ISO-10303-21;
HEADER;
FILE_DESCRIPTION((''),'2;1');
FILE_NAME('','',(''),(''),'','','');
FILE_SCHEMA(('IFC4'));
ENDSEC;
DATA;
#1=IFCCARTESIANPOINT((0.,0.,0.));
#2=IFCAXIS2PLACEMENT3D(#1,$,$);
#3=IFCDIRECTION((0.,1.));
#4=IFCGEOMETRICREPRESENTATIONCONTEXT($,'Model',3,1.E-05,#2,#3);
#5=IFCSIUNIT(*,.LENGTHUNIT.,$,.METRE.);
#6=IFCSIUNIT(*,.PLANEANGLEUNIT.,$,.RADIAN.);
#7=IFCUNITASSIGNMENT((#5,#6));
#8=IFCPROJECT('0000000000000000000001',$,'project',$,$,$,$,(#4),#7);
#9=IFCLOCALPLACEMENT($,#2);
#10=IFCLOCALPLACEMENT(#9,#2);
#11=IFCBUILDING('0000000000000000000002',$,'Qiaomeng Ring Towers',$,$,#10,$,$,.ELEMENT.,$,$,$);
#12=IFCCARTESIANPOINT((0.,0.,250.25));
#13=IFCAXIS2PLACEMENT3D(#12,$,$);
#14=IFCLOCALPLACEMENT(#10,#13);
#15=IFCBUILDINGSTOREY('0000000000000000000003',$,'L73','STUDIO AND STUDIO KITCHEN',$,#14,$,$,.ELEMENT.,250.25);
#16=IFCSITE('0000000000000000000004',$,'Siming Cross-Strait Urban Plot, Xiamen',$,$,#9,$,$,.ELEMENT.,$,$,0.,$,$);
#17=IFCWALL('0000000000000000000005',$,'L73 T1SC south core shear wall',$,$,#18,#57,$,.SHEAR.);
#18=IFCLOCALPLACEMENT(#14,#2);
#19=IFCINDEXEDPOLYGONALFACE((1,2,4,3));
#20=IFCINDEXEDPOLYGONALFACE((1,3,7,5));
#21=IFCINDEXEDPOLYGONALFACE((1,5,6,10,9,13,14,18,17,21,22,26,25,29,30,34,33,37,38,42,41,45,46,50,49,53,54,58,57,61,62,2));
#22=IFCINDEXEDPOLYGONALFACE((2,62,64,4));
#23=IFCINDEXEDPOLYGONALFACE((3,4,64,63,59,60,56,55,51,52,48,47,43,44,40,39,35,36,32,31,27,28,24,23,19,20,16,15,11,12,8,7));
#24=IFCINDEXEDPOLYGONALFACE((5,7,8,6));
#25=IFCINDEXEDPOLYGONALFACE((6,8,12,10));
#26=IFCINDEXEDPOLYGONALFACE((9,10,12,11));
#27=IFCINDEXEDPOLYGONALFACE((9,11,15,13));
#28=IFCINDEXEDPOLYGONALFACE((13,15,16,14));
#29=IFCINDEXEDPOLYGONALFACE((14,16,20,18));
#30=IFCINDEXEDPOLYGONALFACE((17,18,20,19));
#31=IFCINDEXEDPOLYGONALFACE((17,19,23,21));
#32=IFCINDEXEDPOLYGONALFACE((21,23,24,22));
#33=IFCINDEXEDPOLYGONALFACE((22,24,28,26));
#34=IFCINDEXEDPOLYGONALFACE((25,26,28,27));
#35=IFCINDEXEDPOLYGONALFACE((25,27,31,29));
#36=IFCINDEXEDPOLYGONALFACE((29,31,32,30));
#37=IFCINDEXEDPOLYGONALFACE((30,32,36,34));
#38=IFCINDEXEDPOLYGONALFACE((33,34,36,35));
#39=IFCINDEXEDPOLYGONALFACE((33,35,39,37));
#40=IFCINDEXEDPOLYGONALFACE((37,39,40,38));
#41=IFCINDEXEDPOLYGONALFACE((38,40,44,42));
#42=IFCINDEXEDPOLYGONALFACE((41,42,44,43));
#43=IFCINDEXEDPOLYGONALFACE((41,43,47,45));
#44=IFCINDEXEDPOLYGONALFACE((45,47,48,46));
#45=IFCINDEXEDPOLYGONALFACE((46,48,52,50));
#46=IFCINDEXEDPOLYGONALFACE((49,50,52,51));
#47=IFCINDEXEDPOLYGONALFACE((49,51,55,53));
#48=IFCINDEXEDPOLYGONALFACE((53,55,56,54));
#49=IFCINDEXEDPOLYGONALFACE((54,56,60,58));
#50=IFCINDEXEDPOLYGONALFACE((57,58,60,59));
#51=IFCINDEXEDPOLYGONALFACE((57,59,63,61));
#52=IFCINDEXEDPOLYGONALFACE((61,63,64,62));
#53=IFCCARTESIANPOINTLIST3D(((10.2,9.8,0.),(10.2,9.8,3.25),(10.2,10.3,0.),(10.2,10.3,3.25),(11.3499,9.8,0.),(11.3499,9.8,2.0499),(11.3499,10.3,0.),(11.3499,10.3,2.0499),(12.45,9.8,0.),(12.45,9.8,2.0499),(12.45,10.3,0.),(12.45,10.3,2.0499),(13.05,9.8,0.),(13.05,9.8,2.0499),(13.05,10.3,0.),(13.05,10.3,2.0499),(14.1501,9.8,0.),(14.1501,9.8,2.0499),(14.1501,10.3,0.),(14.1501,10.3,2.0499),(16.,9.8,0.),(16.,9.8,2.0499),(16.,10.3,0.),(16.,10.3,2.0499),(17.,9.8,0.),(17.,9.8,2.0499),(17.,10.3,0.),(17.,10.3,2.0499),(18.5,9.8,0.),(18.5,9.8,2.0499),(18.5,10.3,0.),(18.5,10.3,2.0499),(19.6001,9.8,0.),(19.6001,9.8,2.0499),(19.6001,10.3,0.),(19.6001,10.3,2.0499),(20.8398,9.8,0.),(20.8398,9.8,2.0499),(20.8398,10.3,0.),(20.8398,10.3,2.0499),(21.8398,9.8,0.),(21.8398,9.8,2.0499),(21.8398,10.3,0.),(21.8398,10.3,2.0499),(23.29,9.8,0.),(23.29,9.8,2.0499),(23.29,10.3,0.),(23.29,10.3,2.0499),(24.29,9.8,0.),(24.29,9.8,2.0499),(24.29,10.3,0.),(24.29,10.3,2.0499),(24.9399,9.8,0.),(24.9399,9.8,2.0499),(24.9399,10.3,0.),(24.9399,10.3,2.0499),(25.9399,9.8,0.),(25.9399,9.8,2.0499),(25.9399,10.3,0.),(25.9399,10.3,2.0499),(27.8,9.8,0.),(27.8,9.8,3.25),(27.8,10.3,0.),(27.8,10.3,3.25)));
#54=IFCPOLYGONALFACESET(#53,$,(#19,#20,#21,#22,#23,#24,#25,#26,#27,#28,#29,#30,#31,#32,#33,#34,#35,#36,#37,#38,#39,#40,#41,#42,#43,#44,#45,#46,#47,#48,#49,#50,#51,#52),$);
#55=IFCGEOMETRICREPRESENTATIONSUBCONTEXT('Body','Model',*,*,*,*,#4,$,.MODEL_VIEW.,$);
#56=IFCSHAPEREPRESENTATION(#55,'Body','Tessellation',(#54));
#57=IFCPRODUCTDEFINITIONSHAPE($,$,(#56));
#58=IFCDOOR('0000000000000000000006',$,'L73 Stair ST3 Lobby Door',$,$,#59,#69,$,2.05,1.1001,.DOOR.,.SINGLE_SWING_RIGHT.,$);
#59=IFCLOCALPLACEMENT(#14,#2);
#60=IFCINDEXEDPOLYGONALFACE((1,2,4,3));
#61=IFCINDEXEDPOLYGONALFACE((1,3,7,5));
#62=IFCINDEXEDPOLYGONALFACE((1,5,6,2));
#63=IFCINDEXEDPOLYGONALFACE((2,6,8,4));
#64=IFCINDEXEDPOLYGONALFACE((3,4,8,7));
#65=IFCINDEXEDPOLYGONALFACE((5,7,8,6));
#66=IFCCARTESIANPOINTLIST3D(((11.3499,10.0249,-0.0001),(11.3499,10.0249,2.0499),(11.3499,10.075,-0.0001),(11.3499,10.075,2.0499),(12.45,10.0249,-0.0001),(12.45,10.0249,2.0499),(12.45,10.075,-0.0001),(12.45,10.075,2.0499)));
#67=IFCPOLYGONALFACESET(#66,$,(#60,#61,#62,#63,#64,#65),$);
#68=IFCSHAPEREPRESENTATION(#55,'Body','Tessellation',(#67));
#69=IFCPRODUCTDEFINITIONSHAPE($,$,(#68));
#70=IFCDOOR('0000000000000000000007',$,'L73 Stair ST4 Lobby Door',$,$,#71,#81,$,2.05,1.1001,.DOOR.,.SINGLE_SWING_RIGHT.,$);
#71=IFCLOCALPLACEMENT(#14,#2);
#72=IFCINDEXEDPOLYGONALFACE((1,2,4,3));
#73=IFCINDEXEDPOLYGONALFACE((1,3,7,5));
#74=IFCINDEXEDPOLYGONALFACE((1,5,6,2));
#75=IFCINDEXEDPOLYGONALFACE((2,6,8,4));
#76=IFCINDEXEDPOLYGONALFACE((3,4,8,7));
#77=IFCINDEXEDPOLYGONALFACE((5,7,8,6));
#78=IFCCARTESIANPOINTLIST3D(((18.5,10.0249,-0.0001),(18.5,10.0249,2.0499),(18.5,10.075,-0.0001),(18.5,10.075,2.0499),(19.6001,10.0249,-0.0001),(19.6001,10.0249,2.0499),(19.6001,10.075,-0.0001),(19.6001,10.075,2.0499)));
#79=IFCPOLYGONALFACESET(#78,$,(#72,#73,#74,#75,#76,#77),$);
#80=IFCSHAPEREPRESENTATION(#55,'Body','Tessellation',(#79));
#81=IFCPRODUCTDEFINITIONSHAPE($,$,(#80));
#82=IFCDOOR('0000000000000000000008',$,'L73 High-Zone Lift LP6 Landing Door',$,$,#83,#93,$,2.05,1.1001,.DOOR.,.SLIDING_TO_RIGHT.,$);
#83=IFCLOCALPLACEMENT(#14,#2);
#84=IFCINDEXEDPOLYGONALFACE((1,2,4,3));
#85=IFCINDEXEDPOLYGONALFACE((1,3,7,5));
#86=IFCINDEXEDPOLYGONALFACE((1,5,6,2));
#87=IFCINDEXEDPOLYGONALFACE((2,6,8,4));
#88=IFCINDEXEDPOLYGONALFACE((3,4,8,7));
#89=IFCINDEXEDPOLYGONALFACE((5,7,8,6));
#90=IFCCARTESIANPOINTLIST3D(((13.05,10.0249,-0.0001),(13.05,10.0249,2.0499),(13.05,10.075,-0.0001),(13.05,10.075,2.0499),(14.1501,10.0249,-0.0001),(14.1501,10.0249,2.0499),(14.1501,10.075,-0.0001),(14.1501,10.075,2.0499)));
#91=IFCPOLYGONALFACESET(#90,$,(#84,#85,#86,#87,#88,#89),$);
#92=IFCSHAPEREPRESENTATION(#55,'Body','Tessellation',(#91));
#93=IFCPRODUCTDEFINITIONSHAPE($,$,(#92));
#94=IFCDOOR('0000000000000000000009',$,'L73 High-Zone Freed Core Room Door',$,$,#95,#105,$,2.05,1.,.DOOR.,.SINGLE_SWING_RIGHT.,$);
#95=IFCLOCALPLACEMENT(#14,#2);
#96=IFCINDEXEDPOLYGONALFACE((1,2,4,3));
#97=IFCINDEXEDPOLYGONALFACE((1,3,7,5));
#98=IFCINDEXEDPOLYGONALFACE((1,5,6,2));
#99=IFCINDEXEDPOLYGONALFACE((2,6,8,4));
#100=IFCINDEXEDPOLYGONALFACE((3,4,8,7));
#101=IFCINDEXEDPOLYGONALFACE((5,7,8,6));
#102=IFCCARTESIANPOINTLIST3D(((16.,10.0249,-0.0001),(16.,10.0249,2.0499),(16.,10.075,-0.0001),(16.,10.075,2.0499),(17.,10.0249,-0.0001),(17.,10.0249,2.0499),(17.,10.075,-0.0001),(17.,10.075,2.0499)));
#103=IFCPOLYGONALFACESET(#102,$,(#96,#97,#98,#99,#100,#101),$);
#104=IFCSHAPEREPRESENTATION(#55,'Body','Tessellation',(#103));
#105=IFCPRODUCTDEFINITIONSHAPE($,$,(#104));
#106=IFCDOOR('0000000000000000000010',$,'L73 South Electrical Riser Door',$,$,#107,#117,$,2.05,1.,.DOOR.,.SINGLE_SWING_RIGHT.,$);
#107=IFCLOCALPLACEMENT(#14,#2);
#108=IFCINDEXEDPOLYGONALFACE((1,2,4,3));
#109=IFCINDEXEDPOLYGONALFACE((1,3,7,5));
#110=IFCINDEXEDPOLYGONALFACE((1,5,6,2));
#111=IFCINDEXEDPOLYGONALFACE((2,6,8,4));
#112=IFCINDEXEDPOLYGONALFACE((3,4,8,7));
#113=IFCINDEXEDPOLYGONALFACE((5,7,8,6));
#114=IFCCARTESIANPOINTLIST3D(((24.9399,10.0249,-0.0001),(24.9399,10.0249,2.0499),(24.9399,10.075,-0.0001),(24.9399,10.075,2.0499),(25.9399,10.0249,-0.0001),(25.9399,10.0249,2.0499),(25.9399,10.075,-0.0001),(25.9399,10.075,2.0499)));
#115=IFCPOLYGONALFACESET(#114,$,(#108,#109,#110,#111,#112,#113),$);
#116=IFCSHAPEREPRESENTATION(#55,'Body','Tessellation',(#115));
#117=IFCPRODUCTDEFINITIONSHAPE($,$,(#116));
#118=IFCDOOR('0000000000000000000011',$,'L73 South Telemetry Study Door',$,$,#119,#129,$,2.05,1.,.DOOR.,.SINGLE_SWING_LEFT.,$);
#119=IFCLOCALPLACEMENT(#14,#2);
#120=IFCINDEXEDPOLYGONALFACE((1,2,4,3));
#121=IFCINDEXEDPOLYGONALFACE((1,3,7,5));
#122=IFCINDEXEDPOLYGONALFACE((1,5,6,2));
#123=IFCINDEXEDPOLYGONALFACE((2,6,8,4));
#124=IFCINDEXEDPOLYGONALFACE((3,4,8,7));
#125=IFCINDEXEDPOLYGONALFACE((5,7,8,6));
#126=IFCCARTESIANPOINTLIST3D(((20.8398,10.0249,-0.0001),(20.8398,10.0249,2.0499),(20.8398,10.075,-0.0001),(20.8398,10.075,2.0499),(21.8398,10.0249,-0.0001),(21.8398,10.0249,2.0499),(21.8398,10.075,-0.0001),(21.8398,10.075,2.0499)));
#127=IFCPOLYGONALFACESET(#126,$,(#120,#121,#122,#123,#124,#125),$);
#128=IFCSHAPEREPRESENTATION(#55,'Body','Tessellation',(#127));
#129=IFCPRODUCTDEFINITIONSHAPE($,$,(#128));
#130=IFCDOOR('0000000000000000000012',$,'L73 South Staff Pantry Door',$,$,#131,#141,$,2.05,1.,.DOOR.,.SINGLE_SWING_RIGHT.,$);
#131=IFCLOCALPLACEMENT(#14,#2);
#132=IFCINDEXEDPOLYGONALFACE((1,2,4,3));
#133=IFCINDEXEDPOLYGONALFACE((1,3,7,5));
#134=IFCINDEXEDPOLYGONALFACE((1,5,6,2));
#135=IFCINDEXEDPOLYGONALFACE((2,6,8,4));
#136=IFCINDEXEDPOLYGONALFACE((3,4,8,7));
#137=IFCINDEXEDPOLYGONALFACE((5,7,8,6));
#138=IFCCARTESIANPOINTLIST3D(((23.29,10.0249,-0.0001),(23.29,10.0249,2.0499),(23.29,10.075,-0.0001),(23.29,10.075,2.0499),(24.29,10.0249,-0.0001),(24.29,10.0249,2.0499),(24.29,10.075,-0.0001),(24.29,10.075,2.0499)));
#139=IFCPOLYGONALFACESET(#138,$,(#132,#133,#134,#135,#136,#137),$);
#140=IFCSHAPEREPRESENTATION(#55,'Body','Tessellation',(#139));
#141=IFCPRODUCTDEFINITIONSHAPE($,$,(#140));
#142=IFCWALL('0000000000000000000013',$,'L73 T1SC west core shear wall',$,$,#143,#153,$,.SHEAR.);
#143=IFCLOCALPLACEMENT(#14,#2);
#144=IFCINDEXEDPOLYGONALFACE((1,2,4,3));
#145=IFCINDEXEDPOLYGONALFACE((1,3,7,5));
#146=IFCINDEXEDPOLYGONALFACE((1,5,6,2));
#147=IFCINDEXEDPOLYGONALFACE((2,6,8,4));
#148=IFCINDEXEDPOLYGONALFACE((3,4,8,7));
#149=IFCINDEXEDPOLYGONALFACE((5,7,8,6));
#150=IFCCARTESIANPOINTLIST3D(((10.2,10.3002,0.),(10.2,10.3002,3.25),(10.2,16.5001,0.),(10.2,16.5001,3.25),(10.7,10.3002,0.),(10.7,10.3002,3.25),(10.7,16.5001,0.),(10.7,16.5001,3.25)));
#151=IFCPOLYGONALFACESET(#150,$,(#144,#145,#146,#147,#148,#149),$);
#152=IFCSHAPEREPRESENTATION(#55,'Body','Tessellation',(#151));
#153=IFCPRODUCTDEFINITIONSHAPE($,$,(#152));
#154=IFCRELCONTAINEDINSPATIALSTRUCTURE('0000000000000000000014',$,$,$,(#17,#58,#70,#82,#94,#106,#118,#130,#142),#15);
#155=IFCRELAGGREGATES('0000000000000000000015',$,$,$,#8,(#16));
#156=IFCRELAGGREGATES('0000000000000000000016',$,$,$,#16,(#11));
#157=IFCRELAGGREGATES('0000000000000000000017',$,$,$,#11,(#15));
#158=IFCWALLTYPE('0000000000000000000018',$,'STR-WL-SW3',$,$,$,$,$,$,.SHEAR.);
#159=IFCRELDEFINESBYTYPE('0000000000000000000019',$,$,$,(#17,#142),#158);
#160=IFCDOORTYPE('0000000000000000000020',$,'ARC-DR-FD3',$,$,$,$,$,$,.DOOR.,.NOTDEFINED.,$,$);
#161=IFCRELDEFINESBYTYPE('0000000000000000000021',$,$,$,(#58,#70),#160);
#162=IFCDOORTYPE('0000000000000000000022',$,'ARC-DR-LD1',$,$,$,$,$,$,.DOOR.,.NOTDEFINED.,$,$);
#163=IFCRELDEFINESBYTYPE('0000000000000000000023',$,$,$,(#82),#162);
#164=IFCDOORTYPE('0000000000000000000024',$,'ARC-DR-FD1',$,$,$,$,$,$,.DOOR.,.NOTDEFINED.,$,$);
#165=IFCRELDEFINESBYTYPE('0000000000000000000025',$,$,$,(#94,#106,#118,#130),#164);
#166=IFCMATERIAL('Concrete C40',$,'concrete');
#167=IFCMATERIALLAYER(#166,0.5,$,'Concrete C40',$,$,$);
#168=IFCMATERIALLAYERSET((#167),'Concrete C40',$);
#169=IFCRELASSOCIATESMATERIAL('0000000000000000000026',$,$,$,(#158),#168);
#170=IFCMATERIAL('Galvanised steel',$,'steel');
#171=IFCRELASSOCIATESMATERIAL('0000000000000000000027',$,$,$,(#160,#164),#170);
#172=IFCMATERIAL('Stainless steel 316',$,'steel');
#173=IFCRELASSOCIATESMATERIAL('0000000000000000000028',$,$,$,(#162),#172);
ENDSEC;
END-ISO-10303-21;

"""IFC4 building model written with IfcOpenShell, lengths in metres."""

from ifc_helpers import new_model, si_unit, direction, frame, frame_2d, origin, place, context, subcontext, project, spatial, rectangle, extrude, source, transform, mapped, material, layer, layer_set, type_object, element, fill, save


model = new_model("IFC4")

# Units and contexts
model_context = context("Model", 3, precision=1e-05, world=origin(), true_north=direction((0.0, 1.0)))
body_context = subcontext(model_context, "Body", "Model", "MODEL_VIEW")
ifc_project = project(units=[si_unit("LENGTHUNIT", "METRE"), si_unit("PLANEANGLEUNIT", "RADIAN")], contexts=[model_context])

# Site, building, storey
site_placement = place(None, origin())
site = spatial("IfcSite", under=ifc_project, at=site_placement, Name="Siming Cross-Strait Urban Plot, Xiamen", CompositionType="ELEMENT", RefElevation=0.0)
building_placement = place(site_placement, origin())
building = spatial("IfcBuilding", under=site, at=building_placement, Name="Qiaomeng Ring Towers", CompositionType="ELEMENT")
storey_placement = place(building_placement, frame((0.0, 0.0, 250.25)))
storey = spatial("IfcBuildingStorey", under=building, at=storey_placement, Name="L73", Description="STUDIO AND STUDIO KITCHEN", CompositionType="ELEMENT", Elevation=250.25)

# Shared definitions
ifc_material_1 = material(Name="Concrete C40", Category="concrete")

# Wall, openings, doors
ifc_layer_1 = layer(ifc_material_1, 0.5, Name="Concrete C40")
ifc_layer_set_1 = layer_set([ifc_layer_1], Name="Concrete C40")
wall_type_1 = type_object("IfcWallType", Name="STR-WL-SW3", PredefinedType="SHEAR", material=ifc_layer_set_1)
wall_1_placement = place(storey_placement, frame((10.2, 10.05, 0.0), z_axis=(0.0, 0.0, 1.0), x_axis=(1.0, 0.0, 0.0)))
wall_1 = element("IfcWall", 1, at=wall_1_placement, inside=storey, type_object=wall_type_1, Name="L73 T1SC south core shear wall", PredefinedType="SHEAR", context=body_context, shape_type="SweptSolid", body=[
    extrude(rectangle(XDim=17.6001, YDim=0.5, at=frame_2d((8.8, 0.0))), origin(), (0.0, 0.0, 1.0), 3.25),
])
opening_1_placement = place(wall_1_placement, frame((1.1499, 0.0, 0.0)))
opening_1 = element("IfcOpeningElement", 2, at=opening_1_placement, cuts=wall_1, PredefinedType="OPENING", context=body_context, shape_type="SweptSolid", body=[
    extrude(rectangle(XDim=1.1001, YDim=2.05, at=frame_2d((0.55, 1.0249))), frame((0.0, 0.26, 0.0), z_axis=(0.0, -1.0, 0.0), x_axis=(1.0, 0.0, 0.0)), (0.0, 0.0, 1.0), 0.52),
])
opening_2_placement = place(wall_1_placement, frame((8.3, 0.0, 0.0)))
opening_2 = element("IfcOpeningElement", 3, at=opening_2_placement, cuts=wall_1, PredefinedType="OPENING", context=body_context, shape_type="SweptSolid", body=[
    extrude(rectangle(XDim=1.1001, YDim=2.05, at=frame_2d((0.55, 1.0249))), frame((0.0, 0.26, 0.0), z_axis=(0.0, -1.0, 0.0), x_axis=(1.0, 0.0, 0.0)), (0.0, 0.0, 1.0), 0.52),
])
opening_3_placement = place(wall_1_placement, frame((2.8501, 0.0, 0.0)))
opening_3 = element("IfcOpeningElement", 4, at=opening_3_placement, cuts=wall_1, PredefinedType="OPENING", context=body_context, shape_type="SweptSolid", body=[
    extrude(rectangle(XDim=1.1001, YDim=2.05, at=frame_2d((0.55, 1.0249))), frame((0.0, 0.26, 0.0), z_axis=(0.0, -1.0, 0.0), x_axis=(1.0, 0.0, 0.0)), (0.0, 0.0, 1.0), 0.52),
])
opening_4_placement = place(wall_1_placement, frame((5.8, 0.0, 0.0)))
opening_4 = element("IfcOpeningElement", 5, at=opening_4_placement, cuts=wall_1, PredefinedType="OPENING", context=body_context, shape_type="SweptSolid", body=[
    extrude(rectangle(XDim=1.0, YDim=2.05, at=frame_2d((0.5, 1.0249))), frame((0.0, 0.26, 0.0), z_axis=(0.0, -1.0, 0.0), x_axis=(1.0, 0.0, 0.0)), (0.0, 0.0, 1.0), 0.52),
])
opening_5_placement = place(wall_1_placement, frame((14.74, 0.0, 0.0)))
opening_5 = element("IfcOpeningElement", 6, at=opening_5_placement, cuts=wall_1, PredefinedType="OPENING", context=body_context, shape_type="SweptSolid", body=[
    extrude(rectangle(XDim=1.0, YDim=2.05, at=frame_2d((0.5, 1.0249))), frame((0.0, 0.26, 0.0), z_axis=(0.0, -1.0, 0.0), x_axis=(1.0, 0.0, 0.0)), (0.0, 0.0, 1.0), 0.52),
])
opening_6_placement = place(wall_1_placement, frame((10.6399, 0.0, 0.0)))
opening_6 = element("IfcOpeningElement", 7, at=opening_6_placement, cuts=wall_1, PredefinedType="OPENING", context=body_context, shape_type="SweptSolid", body=[
    extrude(rectangle(XDim=1.0, YDim=2.05, at=frame_2d((0.5, 1.0249))), frame((0.0, 0.26, 0.0), z_axis=(0.0, -1.0, 0.0), x_axis=(1.0, 0.0, 0.0)), (0.0, 0.0, 1.0), 0.52),
])
opening_7_placement = place(wall_1_placement, frame((13.0901, 0.0, 0.0)))
opening_7 = element("IfcOpeningElement", 8, at=opening_7_placement, cuts=wall_1, PredefinedType="OPENING", context=body_context, shape_type="SweptSolid", body=[
    extrude(rectangle(XDim=1.0, YDim=2.05, at=frame_2d((0.5, 1.0249))), frame((0.0, 0.26, 0.0), z_axis=(0.0, -1.0, 0.0), x_axis=(1.0, 0.0, 0.0)), (0.0, 0.0, 1.0), 0.52),
])
ifc_material_2 = material(Name="Galvanised steel", Category="steel")
door_type_1 = type_object("IfcDoorType", Name="ARC-DR-FD3", OperationType="NOTDEFINED", PredefinedType="DOOR", material=ifc_material_2)
shared_shape_1 = source(origin(), body_context, "Body", "SweptSolid", [
    extrude(rectangle(XDim=1.1001, YDim=2.05, at=frame_2d((0.55, 1.0249))), frame((0.0, 0.0249, 0.0), z_axis=(0.0, -1.0, 0.0), x_axis=(1.0, 0.0, 0.0)), (0.0, 0.0, 1.0), 0.05),
])
door_1_placement = place(opening_1_placement, origin())
door_1 = element("IfcDoor", 9, at=door_1_placement, inside=storey, type_object=door_type_1, Name="L73 Stair ST3 Lobby Door", OperationType="SINGLE_SWING_RIGHT", OverallHeight=2.05, OverallWidth=1.1001, PredefinedType="DOOR", context=body_context, shape_type="MappedRepresentation", body=[
    mapped(shared_shape_1, transform((0.0, 0.0, 0.0), x_axis=(1.0, 0.0, 0.0), y_axis=(0.0, 1.0, 0.0), z_axis=(0.0, 0.0, 1.0), scale=1.0)),
])
fill(opening_1, door_1)
door_2_placement = place(opening_2_placement, origin())
door_2 = element("IfcDoor", 10, at=door_2_placement, inside=storey, type_object=door_type_1, Name="L73 Stair ST4 Lobby Door", OperationType="SINGLE_SWING_RIGHT", OverallHeight=2.05, OverallWidth=1.1001, PredefinedType="DOOR", context=body_context, shape_type="MappedRepresentation", body=[
    mapped(shared_shape_1, transform((0.0, 0.0, 0.0), x_axis=(1.0, 0.0, 0.0), y_axis=(0.0, 1.0, 0.0), z_axis=(0.0, 0.0, 1.0), scale=1.0)),
])
fill(opening_2, door_2)
ifc_material_3 = material(Name="Stainless steel 316", Category="steel")
door_type_2 = type_object("IfcDoorType", Name="ARC-DR-LD1", OperationType="NOTDEFINED", PredefinedType="DOOR", material=ifc_material_3)
door_3_placement = place(opening_3_placement, origin())
door_3 = element("IfcDoor", 11, at=door_3_placement, inside=storey, type_object=door_type_2, Name="L73 High-Zone Lift LP6 Landing Door", OperationType="SLIDING_TO_RIGHT", OverallHeight=2.05, OverallWidth=1.1001, PredefinedType="DOOR", context=body_context, shape_type="MappedRepresentation", body=[
    mapped(shared_shape_1, transform((0.0, 0.0, 0.0), x_axis=(1.0, 0.0, 0.0), y_axis=(0.0, 1.0, 0.0), z_axis=(0.0, 0.0, 1.0), scale=1.0)),
])
fill(opening_3, door_3)
door_type_3 = type_object("IfcDoorType", Name="ARC-DR-FD1", OperationType="NOTDEFINED", PredefinedType="DOOR", material=ifc_material_2)
shared_shape_2 = source(origin(), body_context, "Body", "SweptSolid", [
    extrude(rectangle(XDim=1.0, YDim=2.05, at=frame_2d((0.5, 1.0249))), frame((0.0, 0.0249, 0.0), z_axis=(0.0, -1.0, 0.0), x_axis=(1.0, 0.0, 0.0)), (0.0, 0.0, 1.0), 0.05),
])
door_4_placement = place(opening_4_placement, origin())
door_4 = element("IfcDoor", 12, at=door_4_placement, inside=storey, type_object=door_type_3, Name="L73 High-Zone Freed Core Room Door", OperationType="SINGLE_SWING_RIGHT", OverallHeight=2.05, OverallWidth=1.0, PredefinedType="DOOR", context=body_context, shape_type="MappedRepresentation", body=[
    mapped(shared_shape_2, transform((0.0, 0.0, 0.0), x_axis=(1.0, 0.0, 0.0), y_axis=(0.0, 1.0, 0.0), z_axis=(0.0, 0.0, 1.0), scale=1.0)),
])
fill(opening_4, door_4)
door_5_placement = place(opening_5_placement, origin())
door_5 = element("IfcDoor", 13, at=door_5_placement, inside=storey, type_object=door_type_3, Name="L73 South Electrical Riser Door", OperationType="SINGLE_SWING_RIGHT", OverallHeight=2.05, OverallWidth=1.0, PredefinedType="DOOR", context=body_context, shape_type="MappedRepresentation", body=[
    mapped(shared_shape_2, transform((0.0, 0.0, 0.0), x_axis=(1.0, 0.0, 0.0), y_axis=(0.0, 1.0, 0.0), z_axis=(0.0, 0.0, 1.0), scale=1.0)),
])
fill(opening_5, door_5)
door_6_placement = place(opening_6_placement, origin())
door_6 = element("IfcDoor", 14, at=door_6_placement, inside=storey, type_object=door_type_3, Name="L73 South Telemetry Study Door", OperationType="SINGLE_SWING_LEFT", OverallHeight=2.05, OverallWidth=1.0, PredefinedType="DOOR", context=body_context, shape_type="MappedRepresentation", body=[
    mapped(shared_shape_2, transform((0.0, 0.0, 0.0), x_axis=(1.0, 0.0, 0.0), y_axis=(0.0, 1.0, 0.0), z_axis=(0.0, 0.0, 1.0), scale=1.0)),
])
fill(opening_6, door_6)
door_7_placement = place(opening_7_placement, origin())
door_7 = element("IfcDoor", 15, at=door_7_placement, inside=storey, type_object=door_type_3, Name="L73 South Staff Pantry Door", OperationType="SINGLE_SWING_RIGHT", OverallHeight=2.05, OverallWidth=1.0, PredefinedType="DOOR", context=body_context, shape_type="MappedRepresentation", body=[
    mapped(shared_shape_2, transform((0.0, 0.0, 0.0), x_axis=(1.0, 0.0, 0.0), y_axis=(0.0, 1.0, 0.0), z_axis=(0.0, 0.0, 1.0), scale=1.0)),
])
fill(opening_7, door_7)

# Wall
wall_2_placement = place(storey_placement, frame((10.45, 10.3, 0.0), z_axis=(0.0, 0.0, 1.0), x_axis=(0.0, 1.0, 0.0)))
element("IfcWall", 16, at=wall_2_placement, inside=storey, type_object=wall_type_1, Name="L73 T1SC west core shear wall", PredefinedType="SHEAR", context=body_context, shape_type="SweptSolid", body=[
    extrude(rectangle(XDim=6.2, YDim=0.5, at=frame_2d((3.1001, 0.0))), origin(), (0.0, 0.0, 1.0), 3.25),
])

save(model, "model.ifc")
